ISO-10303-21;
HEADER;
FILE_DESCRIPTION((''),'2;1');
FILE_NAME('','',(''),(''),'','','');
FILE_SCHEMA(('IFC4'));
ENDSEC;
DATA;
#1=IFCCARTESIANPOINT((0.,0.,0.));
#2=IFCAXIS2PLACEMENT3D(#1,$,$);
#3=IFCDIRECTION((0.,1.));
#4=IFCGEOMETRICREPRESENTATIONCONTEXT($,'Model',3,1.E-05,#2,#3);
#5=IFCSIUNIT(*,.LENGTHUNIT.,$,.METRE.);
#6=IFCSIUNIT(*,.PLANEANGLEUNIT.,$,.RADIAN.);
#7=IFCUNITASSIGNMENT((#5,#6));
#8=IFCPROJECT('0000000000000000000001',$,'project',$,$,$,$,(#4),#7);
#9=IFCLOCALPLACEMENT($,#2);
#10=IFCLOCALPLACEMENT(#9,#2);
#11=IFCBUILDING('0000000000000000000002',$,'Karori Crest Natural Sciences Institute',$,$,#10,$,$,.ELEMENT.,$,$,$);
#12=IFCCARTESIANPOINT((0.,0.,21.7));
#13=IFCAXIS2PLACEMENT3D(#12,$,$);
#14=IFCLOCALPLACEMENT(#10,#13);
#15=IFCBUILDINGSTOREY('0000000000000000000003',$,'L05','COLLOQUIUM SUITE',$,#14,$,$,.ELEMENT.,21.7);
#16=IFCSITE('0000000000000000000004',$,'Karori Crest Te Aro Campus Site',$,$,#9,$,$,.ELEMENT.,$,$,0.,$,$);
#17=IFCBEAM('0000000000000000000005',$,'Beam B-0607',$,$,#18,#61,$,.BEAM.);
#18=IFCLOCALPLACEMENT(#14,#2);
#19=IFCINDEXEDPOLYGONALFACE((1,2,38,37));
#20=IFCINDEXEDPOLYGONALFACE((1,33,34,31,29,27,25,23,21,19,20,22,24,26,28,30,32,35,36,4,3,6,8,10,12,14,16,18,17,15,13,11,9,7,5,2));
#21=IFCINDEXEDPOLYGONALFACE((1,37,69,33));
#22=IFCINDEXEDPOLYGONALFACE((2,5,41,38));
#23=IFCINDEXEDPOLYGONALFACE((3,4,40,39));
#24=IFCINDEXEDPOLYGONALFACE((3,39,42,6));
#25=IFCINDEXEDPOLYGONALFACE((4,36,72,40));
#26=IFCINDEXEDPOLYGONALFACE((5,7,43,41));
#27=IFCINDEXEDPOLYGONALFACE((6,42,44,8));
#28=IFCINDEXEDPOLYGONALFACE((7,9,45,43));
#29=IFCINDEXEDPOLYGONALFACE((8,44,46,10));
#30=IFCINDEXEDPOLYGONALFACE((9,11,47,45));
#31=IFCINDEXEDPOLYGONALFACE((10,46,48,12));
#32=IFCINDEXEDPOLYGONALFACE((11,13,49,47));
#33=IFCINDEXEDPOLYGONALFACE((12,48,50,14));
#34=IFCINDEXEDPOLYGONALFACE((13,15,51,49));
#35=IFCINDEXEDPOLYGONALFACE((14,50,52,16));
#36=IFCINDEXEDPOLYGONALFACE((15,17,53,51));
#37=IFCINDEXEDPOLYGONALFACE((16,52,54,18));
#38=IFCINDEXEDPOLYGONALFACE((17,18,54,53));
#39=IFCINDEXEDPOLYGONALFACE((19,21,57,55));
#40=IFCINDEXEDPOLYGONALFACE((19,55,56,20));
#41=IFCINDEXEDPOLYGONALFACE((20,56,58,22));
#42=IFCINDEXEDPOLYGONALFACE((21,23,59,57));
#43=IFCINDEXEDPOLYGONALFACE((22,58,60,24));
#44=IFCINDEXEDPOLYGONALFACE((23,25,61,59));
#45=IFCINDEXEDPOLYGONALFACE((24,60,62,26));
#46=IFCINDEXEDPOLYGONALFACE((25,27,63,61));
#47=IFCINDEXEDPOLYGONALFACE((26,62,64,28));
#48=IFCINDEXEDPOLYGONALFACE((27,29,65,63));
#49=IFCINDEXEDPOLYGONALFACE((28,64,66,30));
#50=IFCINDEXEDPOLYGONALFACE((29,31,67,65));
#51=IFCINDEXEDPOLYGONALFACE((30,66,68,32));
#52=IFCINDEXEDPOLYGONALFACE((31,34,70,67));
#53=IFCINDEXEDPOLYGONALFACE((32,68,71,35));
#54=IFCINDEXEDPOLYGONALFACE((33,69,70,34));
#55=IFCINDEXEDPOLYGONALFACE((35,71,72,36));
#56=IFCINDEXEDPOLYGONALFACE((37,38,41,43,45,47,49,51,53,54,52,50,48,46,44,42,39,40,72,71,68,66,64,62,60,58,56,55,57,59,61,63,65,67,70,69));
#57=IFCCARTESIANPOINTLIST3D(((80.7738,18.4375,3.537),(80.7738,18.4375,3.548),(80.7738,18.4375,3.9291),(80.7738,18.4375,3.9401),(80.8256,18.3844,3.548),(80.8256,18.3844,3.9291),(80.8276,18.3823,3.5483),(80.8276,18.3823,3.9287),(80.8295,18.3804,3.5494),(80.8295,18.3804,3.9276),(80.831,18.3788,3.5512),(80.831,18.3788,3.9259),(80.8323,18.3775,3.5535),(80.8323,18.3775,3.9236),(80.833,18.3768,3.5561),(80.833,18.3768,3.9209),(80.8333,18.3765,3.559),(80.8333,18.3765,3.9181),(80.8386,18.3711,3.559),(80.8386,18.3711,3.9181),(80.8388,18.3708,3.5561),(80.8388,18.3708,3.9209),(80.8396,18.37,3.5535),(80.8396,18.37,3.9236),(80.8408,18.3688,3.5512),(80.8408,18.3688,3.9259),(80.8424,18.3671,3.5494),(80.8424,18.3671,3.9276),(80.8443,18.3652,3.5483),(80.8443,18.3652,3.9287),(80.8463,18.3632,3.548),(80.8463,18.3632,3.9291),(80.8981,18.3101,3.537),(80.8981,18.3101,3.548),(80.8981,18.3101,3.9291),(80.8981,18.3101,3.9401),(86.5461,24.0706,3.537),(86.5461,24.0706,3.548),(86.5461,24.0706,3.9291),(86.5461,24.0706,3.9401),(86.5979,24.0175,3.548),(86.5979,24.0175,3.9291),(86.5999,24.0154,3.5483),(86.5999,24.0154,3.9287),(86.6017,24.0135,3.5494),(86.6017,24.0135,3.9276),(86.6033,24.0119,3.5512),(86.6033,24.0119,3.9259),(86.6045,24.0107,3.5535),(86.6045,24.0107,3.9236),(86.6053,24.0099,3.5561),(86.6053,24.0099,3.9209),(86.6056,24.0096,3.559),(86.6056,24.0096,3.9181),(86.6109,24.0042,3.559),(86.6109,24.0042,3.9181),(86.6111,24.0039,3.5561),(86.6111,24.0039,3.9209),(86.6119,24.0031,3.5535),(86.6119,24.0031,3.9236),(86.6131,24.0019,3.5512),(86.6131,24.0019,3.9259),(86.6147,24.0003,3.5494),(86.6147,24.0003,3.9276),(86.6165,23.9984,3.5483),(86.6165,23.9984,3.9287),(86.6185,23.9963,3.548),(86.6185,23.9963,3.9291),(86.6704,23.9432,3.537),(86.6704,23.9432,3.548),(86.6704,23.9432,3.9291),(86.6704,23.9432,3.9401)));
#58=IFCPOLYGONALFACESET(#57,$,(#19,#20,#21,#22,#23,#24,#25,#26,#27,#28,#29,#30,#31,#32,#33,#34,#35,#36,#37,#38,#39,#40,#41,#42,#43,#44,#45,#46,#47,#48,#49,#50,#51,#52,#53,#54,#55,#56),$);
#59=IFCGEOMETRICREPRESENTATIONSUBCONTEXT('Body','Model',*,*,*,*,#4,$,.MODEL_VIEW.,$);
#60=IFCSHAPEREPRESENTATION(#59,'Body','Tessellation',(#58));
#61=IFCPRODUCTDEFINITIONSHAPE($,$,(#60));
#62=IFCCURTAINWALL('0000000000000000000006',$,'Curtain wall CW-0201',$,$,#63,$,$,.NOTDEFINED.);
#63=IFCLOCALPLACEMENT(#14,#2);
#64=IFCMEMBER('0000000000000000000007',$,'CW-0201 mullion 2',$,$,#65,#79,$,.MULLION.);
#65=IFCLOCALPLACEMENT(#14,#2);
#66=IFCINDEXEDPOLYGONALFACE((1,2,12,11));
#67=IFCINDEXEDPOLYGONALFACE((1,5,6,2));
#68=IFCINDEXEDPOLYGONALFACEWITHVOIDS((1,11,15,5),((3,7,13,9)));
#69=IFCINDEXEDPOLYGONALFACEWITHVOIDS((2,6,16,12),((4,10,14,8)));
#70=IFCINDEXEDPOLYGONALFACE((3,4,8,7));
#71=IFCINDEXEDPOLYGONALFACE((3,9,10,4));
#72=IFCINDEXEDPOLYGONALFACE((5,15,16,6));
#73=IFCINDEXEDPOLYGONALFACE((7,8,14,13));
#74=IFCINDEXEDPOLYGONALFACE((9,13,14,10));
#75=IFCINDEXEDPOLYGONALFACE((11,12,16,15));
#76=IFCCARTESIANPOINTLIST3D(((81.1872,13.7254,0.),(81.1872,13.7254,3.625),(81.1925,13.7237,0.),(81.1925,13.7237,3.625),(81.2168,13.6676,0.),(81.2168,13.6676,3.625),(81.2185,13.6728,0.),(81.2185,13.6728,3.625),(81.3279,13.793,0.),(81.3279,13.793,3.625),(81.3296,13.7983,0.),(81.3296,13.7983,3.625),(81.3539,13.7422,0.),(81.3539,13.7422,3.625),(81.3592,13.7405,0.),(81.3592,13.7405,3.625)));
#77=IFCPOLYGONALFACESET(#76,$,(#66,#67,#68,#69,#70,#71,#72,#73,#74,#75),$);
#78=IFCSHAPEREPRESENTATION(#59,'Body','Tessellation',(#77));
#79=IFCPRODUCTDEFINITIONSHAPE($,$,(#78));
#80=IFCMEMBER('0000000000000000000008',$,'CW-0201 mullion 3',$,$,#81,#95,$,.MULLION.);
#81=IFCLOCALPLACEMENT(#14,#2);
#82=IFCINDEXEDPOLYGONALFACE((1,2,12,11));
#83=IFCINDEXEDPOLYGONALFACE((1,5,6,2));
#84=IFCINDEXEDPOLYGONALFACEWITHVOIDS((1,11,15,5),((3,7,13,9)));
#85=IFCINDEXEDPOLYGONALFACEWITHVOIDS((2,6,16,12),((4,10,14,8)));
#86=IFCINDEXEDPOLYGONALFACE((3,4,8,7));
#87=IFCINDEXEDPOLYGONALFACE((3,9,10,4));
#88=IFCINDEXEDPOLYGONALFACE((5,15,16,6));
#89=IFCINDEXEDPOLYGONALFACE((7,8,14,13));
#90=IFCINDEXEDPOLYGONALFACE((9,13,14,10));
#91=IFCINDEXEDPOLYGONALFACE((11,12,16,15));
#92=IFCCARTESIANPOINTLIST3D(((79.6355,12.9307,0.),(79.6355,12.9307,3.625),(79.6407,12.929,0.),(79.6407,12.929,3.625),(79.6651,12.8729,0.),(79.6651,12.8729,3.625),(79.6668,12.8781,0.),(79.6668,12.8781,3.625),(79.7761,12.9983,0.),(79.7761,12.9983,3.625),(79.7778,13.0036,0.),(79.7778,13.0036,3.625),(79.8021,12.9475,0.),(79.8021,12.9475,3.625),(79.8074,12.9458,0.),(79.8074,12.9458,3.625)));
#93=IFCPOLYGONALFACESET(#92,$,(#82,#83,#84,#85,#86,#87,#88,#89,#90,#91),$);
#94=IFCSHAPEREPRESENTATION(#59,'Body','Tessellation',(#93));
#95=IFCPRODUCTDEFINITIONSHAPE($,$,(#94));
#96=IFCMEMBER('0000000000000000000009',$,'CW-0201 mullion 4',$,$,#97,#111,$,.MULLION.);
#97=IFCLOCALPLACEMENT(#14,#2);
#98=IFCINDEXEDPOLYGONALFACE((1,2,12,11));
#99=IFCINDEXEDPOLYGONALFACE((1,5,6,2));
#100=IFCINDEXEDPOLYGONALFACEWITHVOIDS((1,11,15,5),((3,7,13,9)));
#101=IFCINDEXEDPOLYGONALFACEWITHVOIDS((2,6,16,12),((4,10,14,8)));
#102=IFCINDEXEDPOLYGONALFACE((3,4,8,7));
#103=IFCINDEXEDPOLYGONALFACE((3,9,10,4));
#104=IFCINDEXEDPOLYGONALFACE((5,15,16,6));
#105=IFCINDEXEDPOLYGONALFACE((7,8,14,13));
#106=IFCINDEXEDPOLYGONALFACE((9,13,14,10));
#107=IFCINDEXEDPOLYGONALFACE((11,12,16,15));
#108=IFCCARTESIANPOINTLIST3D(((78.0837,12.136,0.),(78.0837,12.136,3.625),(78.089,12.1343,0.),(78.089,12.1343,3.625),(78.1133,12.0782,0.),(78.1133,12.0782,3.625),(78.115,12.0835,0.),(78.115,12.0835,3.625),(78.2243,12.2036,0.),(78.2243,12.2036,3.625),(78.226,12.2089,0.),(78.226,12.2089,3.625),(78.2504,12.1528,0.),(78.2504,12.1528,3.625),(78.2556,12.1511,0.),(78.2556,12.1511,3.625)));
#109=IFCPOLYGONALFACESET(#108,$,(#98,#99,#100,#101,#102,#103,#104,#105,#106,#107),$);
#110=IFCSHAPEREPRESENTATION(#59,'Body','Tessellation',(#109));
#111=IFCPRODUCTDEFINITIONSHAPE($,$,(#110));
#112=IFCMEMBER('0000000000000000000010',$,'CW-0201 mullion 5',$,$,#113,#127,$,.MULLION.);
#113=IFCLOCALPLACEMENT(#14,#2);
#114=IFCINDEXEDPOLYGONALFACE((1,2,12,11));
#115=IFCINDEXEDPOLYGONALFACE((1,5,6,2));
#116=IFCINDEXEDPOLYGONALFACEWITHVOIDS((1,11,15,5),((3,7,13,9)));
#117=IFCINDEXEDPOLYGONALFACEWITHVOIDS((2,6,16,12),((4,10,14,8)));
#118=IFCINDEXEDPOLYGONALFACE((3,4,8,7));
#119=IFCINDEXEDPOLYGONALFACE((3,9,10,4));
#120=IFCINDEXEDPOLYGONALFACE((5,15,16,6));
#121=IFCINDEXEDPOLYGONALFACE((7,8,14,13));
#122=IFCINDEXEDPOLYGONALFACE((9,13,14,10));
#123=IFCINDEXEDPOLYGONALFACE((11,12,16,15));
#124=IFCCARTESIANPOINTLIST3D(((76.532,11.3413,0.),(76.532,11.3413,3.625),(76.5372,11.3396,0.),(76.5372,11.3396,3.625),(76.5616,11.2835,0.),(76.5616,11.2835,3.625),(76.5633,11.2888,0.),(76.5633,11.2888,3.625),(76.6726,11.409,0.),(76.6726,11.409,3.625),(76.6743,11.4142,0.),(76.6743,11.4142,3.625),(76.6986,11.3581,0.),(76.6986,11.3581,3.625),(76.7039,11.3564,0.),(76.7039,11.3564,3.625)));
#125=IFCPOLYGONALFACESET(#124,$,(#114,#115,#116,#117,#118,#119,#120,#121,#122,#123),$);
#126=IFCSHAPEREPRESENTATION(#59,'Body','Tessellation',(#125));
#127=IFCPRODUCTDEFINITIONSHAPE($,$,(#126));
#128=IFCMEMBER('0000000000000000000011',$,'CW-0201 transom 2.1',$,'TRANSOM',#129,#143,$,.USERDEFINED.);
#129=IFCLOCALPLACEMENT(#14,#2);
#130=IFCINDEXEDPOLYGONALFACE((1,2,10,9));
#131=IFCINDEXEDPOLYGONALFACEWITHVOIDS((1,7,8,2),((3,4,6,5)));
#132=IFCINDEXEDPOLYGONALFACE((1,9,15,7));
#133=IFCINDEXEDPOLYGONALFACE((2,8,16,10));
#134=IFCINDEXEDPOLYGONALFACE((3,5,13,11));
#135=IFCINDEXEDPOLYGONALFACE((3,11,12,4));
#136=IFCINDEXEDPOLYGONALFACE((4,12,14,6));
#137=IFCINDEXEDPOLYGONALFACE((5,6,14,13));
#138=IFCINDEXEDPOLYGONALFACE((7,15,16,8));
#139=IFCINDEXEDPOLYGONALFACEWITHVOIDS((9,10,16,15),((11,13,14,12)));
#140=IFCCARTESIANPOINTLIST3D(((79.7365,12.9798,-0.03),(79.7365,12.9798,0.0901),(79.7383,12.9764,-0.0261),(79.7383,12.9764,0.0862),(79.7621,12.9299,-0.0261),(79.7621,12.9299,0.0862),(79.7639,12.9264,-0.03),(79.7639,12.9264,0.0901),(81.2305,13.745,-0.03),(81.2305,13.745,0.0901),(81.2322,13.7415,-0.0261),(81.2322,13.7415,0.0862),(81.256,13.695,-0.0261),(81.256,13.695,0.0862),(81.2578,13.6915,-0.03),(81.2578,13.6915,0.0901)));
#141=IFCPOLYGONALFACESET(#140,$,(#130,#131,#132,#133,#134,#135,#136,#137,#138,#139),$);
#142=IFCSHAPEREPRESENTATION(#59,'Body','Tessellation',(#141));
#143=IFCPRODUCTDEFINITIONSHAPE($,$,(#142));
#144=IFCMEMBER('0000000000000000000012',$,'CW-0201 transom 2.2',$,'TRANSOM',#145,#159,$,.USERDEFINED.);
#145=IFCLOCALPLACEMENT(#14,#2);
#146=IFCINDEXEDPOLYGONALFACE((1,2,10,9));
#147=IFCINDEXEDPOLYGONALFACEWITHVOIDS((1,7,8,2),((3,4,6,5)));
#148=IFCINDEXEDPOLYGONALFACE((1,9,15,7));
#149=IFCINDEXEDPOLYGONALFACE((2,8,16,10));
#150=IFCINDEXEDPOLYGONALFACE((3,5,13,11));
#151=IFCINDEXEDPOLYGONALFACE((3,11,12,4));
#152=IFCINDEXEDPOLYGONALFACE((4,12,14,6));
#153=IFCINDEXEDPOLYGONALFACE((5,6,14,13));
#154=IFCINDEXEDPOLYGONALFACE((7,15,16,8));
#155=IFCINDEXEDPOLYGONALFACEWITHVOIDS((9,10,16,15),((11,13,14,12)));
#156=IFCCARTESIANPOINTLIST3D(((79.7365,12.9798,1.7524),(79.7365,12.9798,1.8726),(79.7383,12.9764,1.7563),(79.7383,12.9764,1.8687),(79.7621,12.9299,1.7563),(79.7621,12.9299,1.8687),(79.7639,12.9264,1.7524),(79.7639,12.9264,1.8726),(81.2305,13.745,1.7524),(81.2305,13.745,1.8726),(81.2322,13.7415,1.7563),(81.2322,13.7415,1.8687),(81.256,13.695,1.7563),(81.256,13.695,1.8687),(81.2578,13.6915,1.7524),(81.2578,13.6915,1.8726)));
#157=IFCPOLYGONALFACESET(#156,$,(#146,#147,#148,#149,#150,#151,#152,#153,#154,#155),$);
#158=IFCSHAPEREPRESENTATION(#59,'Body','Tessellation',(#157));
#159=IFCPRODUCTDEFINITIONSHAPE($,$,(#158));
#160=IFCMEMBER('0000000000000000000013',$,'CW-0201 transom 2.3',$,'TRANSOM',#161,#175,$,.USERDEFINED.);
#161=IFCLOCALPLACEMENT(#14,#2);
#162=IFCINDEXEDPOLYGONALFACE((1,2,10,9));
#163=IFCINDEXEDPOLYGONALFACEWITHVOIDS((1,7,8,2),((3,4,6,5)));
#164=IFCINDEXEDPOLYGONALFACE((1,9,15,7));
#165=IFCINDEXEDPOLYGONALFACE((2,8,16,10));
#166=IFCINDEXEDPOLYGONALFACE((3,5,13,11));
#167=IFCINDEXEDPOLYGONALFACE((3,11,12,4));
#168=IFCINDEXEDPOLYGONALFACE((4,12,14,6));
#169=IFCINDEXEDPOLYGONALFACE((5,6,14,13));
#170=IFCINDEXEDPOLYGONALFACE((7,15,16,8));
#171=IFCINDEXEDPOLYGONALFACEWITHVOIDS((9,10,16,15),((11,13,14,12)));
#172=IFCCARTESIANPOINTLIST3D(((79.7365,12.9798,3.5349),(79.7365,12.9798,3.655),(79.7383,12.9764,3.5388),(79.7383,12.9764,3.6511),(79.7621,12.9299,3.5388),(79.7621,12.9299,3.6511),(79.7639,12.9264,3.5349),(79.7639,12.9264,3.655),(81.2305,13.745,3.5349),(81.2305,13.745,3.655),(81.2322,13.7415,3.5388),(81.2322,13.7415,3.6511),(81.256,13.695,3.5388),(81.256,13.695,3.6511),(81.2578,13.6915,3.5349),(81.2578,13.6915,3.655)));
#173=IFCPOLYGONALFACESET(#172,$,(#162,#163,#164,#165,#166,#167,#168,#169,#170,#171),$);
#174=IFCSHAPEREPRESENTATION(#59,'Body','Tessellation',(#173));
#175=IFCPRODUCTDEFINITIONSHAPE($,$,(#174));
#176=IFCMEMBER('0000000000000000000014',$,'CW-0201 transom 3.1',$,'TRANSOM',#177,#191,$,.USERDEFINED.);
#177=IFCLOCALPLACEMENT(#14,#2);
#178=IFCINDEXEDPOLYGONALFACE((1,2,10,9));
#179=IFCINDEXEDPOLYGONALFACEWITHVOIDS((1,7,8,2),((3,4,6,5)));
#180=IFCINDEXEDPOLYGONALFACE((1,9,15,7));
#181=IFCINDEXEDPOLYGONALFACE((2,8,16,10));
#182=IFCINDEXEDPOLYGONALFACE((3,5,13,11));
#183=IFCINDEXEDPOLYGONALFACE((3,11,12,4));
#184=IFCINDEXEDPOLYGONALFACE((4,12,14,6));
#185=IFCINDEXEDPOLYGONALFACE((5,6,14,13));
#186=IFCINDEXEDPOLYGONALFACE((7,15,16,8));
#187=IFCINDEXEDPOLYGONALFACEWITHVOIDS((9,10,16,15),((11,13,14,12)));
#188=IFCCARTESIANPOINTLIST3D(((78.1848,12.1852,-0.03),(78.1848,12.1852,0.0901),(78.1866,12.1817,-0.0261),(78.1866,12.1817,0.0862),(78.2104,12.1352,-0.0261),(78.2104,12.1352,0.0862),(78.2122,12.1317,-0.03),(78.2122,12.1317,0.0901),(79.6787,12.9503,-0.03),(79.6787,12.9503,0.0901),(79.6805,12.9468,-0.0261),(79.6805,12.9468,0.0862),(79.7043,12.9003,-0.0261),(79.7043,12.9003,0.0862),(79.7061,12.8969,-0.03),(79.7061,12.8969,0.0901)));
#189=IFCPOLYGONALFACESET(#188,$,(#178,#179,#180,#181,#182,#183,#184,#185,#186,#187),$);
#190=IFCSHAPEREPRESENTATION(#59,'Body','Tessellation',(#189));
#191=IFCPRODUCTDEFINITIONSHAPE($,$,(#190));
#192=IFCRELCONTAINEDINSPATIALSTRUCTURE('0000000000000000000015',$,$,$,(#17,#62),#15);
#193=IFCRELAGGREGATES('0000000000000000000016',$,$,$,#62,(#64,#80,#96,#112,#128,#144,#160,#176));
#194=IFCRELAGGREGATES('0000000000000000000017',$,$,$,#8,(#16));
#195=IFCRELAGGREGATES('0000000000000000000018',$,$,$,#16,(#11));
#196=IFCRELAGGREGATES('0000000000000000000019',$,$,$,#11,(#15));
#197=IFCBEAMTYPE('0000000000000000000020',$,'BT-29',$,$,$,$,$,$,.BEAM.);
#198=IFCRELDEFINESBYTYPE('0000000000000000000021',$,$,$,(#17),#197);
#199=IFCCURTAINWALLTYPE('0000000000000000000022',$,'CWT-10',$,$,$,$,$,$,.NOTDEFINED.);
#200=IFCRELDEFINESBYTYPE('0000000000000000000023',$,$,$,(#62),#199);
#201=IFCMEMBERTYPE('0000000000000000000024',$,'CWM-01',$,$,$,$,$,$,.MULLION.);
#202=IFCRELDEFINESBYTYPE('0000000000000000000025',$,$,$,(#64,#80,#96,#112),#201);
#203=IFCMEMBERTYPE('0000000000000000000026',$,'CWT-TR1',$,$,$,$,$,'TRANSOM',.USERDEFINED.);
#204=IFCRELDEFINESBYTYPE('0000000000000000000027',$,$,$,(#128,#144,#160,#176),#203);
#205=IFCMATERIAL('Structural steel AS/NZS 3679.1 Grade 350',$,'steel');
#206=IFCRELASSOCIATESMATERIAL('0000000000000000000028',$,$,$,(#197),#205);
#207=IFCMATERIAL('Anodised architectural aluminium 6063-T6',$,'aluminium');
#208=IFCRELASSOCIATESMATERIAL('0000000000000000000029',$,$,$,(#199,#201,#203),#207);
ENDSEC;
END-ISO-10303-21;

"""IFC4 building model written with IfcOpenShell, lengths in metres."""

from ifc_helpers import new_model, si_unit, direction, frame, origin, origin_2d, place, context, subcontext, project, spatial, hollow_rectangle, i_section, extrude, material, material_profile, profile_set, type_object, element, aggregate, save


model = new_model("IFC4")

# Units and contexts
model_context = context("Model", 3, precision=1e-05, world=origin(), true_north=direction((0.0, 1.0)))
body_context = subcontext(model_context, "Body", "Model", "MODEL_VIEW")
ifc_project = project(units=[si_unit("LENGTHUNIT", "METRE"), si_unit("PLANEANGLEUNIT", "RADIAN")], contexts=[model_context])

# Site, building, storey
site_placement = place(None, origin())
site = spatial("IfcSite", under=ifc_project, at=site_placement, Name="Karori Crest Te Aro Campus Site", CompositionType="ELEMENT", RefElevation=0.0)
building_placement = place(site_placement, origin())
building = spatial("IfcBuilding", under=site, at=building_placement, Name="Karori Crest Natural Sciences Institute", CompositionType="ELEMENT")
storey_placement = place(building_placement, frame((0.0, 0.0, 21.7)))
storey = spatial("IfcBuildingStorey", under=building, at=storey_placement, Name="L05", Description="COLLOQUIUM SUITE", CompositionType="ELEMENT", Elevation=21.7)

# Beam
ifc_material_1 = material(Name="Structural steel AS/NZS 3679.1 Grade 350", Category="steel")
ifc_material_profile_1 = material_profile(ifc_material_1, i_section(OverallWidth=0.178, OverallDepth=0.4031, WebThickness=0.0076, FlangeThickness=0.011, FilletRadius=0.011, at=origin_2d()), Name="410UB53.7")
ifc_profile_set_1 = profile_set([ifc_material_profile_1], Name="Structural steel AS/NZS 3679.1 Grade 350")
beam_type = type_object("IfcBeamType", Name="BT-29", PredefinedType="BEAM", material=ifc_profile_set_1)
beam_placement = place(storey_placement, frame((80.8359, 18.3738, 3.7385), z_axis=(0.715681, 0.698427, 0.0), x_axis=(-0.698427, 0.715681, 0.0)))
element("IfcBeam", 1, at=beam_placement, inside=storey, type_object=beam_type, Name="Beam B-0607", PredefinedType="BEAM", context=body_context, shape_type="SweptSolid", body=[
    extrude(i_section(OverallWidth=0.178, OverallDepth=0.4031, WebThickness=0.0076, FlangeThickness=0.011, FilletRadius=0.011, at=origin_2d()), origin(), (0.0, 0.0, 1.0), 8.0654),
])

# Curtain wall, members
ifc_material_2 = material(Name="Anodised architectural aluminium 6063-T6", Category="aluminium")
curtain_wall_type = type_object("IfcCurtainWallType", Name="CWT-10", PredefinedType="NOTDEFINED", material=ifc_material_2)
curtain_wall_placement = place(storey_placement, origin())
curtain_wall = element("IfcCurtainWall", 2, at=curtain_wall_placement, inside=storey, type_object=curtain_wall_type, Name="Curtain wall CW-0201", PredefinedType="NOTDEFINED")
ifc_material_profile_2 = material_profile(ifc_material_2, hollow_rectangle(XDim=0.0649, YDim=0.1599, WallThickness=0.0039, at=origin_2d()), Name="CWM160x65x4")
ifc_profile_set_2 = profile_set([ifc_material_profile_2], Name="Anodised architectural aluminium 6063-T6")
member_type_1 = type_object("IfcMemberType", Name="CWM-01", PredefinedType="MULLION", material=ifc_profile_set_2)
member_1_placement = place(storey_placement, frame((81.2732, 13.7329, 0.0), z_axis=(0.0, 0.0, 1.0), x_axis=(0.455829, -0.890067, 0.0)))
member_1 = element("IfcMember", 3, at=member_1_placement, type_object=member_type_1, Name="CW-0201 mullion 2", PredefinedType="MULLION", context=body_context, shape_type="SweptSolid", body=[
    extrude(hollow_rectangle(XDim=0.0649, YDim=0.1599, WallThickness=0.0039, at=origin_2d()), origin(), (0.0, 0.0, 1.0), 3.625),
])
member_2_placement = place(storey_placement, frame((79.7214, 12.9382, 0.0), z_axis=(0.0, 0.0, 1.0), x_axis=(0.455829, -0.890067, 0.0)))
member_2 = element("IfcMember", 4, at=member_2_placement, type_object=member_type_1, Name="CW-0201 mullion 3", PredefinedType="MULLION", context=body_context, shape_type="SweptSolid", body=[
    extrude(hollow_rectangle(XDim=0.0649, YDim=0.1599, WallThickness=0.0039, at=origin_2d()), origin(), (0.0, 0.0, 1.0), 3.625),
])
member_3_placement = place(storey_placement, frame((78.1697, 12.1436, 0.0), z_axis=(0.0, 0.0, 1.0), x_axis=(0.455829, -0.890067, 0.0)))
member_3 = element("IfcMember", 5, at=member_3_placement, type_object=member_type_1, Name="CW-0201 mullion 4", PredefinedType="MULLION", context=body_context, shape_type="SweptSolid", body=[
    extrude(hollow_rectangle(XDim=0.0649, YDim=0.1599, WallThickness=0.0039, at=origin_2d()), origin(), (0.0, 0.0, 1.0), 3.625),
])
member_4_placement = place(storey_placement, frame((76.6179, 11.3489, 0.0), z_axis=(0.0, 0.0, 1.0), x_axis=(0.455829, -0.890067, 0.0)))
member_4 = element("IfcMember", 6, at=member_4_placement, type_object=member_type_1, Name="CW-0201 mullion 5", PredefinedType="MULLION", context=body_context, shape_type="SweptSolid", body=[
    extrude(hollow_rectangle(XDim=0.0649, YDim=0.1599, WallThickness=0.0039, at=origin_2d()), origin(), (0.0, 0.0, 1.0), 3.625),
])
ifc_material_profile_3 = material_profile(ifc_material_2, hollow_rectangle(XDim=0.0601, YDim=0.1201, WallThickness=0.0039, at=origin_2d()), Name="CWT120x60x4")
ifc_profile_set_3 = profile_set([ifc_material_profile_3], Name="Anodised architectural aluminium 6063-T6")
member_type_2 = type_object("IfcMemberType", Name="CWT-TR1", ElementType="TRANSOM", PredefinedType="USERDEFINED", material=ifc_profile_set_3)
member_5_placement = place(storey_placement, frame((81.2441, 13.7183, 0.03), z_axis=(-0.890051, -0.455862, 0.0), x_axis=(0.455862, -0.890051, 0.0)))
member_5 = element("IfcMember", 7, at=member_5_placement, type_object=member_type_2, Name="CW-0201 transom 2.1", ObjectType="TRANSOM", PredefinedType="USERDEFINED", context=body_context, shape_type="SweptSolid", body=[
    extrude(hollow_rectangle(XDim=0.0601, YDim=0.1201, WallThickness=0.0039, at=origin_2d()), origin(), (0.0, 0.0, 1.0), 1.6785),
])
member_6_placement = place(storey_placement, frame((81.2441, 13.7183, 1.8125), z_axis=(-0.890051, -0.455862, 0.0), x_axis=(0.455862, -0.890051, 0.0)))
member_6 = element("IfcMember", 8, at=member_6_placement, type_object=member_type_2, Name="CW-0201 transom 2.2", ObjectType="TRANSOM", PredefinedType="USERDEFINED", context=body_context, shape_type="SweptSolid", body=[
    extrude(hollow_rectangle(XDim=0.0601, YDim=0.1201, WallThickness=0.0039, at=origin_2d()), origin(), (0.0, 0.0, 1.0), 1.6785),
])
member_7_placement = place(storey_placement, frame((81.2441, 13.7183, 3.595), z_axis=(-0.890051, -0.455862, 0.0), x_axis=(0.455862, -0.890051, 0.0)))
member_7 = element("IfcMember", 9, at=member_7_placement, type_object=member_type_2, Name="CW-0201 transom 2.3", ObjectType="TRANSOM", PredefinedType="USERDEFINED", context=body_context, shape_type="SweptSolid", body=[
    extrude(hollow_rectangle(XDim=0.0601, YDim=0.1201, WallThickness=0.0039, at=origin_2d()), origin(), (0.0, 0.0, 1.0), 1.6785),
])
member_8_placement = place(storey_placement, frame((79.6924, 12.9236, 0.03), z_axis=(-0.890051, -0.455862, 0.0), x_axis=(0.455862, -0.890051, 0.0)))
member_8 = element("IfcMember", 10, at=member_8_placement, type_object=member_type_2, Name="CW-0201 transom 3.1", ObjectType="TRANSOM", PredefinedType="USERDEFINED", context=body_context, shape_type="SweptSolid", body=[
    extrude(hollow_rectangle(XDim=0.0601, YDim=0.1201, WallThickness=0.0039, at=origin_2d()), origin(), (0.0, 0.0, 1.0), 1.6785),
])
aggregate(curtain_wall, [member_1, member_2, member_3, member_4, member_5, member_6, member_7, member_8])

save(model, "model.ifc")
